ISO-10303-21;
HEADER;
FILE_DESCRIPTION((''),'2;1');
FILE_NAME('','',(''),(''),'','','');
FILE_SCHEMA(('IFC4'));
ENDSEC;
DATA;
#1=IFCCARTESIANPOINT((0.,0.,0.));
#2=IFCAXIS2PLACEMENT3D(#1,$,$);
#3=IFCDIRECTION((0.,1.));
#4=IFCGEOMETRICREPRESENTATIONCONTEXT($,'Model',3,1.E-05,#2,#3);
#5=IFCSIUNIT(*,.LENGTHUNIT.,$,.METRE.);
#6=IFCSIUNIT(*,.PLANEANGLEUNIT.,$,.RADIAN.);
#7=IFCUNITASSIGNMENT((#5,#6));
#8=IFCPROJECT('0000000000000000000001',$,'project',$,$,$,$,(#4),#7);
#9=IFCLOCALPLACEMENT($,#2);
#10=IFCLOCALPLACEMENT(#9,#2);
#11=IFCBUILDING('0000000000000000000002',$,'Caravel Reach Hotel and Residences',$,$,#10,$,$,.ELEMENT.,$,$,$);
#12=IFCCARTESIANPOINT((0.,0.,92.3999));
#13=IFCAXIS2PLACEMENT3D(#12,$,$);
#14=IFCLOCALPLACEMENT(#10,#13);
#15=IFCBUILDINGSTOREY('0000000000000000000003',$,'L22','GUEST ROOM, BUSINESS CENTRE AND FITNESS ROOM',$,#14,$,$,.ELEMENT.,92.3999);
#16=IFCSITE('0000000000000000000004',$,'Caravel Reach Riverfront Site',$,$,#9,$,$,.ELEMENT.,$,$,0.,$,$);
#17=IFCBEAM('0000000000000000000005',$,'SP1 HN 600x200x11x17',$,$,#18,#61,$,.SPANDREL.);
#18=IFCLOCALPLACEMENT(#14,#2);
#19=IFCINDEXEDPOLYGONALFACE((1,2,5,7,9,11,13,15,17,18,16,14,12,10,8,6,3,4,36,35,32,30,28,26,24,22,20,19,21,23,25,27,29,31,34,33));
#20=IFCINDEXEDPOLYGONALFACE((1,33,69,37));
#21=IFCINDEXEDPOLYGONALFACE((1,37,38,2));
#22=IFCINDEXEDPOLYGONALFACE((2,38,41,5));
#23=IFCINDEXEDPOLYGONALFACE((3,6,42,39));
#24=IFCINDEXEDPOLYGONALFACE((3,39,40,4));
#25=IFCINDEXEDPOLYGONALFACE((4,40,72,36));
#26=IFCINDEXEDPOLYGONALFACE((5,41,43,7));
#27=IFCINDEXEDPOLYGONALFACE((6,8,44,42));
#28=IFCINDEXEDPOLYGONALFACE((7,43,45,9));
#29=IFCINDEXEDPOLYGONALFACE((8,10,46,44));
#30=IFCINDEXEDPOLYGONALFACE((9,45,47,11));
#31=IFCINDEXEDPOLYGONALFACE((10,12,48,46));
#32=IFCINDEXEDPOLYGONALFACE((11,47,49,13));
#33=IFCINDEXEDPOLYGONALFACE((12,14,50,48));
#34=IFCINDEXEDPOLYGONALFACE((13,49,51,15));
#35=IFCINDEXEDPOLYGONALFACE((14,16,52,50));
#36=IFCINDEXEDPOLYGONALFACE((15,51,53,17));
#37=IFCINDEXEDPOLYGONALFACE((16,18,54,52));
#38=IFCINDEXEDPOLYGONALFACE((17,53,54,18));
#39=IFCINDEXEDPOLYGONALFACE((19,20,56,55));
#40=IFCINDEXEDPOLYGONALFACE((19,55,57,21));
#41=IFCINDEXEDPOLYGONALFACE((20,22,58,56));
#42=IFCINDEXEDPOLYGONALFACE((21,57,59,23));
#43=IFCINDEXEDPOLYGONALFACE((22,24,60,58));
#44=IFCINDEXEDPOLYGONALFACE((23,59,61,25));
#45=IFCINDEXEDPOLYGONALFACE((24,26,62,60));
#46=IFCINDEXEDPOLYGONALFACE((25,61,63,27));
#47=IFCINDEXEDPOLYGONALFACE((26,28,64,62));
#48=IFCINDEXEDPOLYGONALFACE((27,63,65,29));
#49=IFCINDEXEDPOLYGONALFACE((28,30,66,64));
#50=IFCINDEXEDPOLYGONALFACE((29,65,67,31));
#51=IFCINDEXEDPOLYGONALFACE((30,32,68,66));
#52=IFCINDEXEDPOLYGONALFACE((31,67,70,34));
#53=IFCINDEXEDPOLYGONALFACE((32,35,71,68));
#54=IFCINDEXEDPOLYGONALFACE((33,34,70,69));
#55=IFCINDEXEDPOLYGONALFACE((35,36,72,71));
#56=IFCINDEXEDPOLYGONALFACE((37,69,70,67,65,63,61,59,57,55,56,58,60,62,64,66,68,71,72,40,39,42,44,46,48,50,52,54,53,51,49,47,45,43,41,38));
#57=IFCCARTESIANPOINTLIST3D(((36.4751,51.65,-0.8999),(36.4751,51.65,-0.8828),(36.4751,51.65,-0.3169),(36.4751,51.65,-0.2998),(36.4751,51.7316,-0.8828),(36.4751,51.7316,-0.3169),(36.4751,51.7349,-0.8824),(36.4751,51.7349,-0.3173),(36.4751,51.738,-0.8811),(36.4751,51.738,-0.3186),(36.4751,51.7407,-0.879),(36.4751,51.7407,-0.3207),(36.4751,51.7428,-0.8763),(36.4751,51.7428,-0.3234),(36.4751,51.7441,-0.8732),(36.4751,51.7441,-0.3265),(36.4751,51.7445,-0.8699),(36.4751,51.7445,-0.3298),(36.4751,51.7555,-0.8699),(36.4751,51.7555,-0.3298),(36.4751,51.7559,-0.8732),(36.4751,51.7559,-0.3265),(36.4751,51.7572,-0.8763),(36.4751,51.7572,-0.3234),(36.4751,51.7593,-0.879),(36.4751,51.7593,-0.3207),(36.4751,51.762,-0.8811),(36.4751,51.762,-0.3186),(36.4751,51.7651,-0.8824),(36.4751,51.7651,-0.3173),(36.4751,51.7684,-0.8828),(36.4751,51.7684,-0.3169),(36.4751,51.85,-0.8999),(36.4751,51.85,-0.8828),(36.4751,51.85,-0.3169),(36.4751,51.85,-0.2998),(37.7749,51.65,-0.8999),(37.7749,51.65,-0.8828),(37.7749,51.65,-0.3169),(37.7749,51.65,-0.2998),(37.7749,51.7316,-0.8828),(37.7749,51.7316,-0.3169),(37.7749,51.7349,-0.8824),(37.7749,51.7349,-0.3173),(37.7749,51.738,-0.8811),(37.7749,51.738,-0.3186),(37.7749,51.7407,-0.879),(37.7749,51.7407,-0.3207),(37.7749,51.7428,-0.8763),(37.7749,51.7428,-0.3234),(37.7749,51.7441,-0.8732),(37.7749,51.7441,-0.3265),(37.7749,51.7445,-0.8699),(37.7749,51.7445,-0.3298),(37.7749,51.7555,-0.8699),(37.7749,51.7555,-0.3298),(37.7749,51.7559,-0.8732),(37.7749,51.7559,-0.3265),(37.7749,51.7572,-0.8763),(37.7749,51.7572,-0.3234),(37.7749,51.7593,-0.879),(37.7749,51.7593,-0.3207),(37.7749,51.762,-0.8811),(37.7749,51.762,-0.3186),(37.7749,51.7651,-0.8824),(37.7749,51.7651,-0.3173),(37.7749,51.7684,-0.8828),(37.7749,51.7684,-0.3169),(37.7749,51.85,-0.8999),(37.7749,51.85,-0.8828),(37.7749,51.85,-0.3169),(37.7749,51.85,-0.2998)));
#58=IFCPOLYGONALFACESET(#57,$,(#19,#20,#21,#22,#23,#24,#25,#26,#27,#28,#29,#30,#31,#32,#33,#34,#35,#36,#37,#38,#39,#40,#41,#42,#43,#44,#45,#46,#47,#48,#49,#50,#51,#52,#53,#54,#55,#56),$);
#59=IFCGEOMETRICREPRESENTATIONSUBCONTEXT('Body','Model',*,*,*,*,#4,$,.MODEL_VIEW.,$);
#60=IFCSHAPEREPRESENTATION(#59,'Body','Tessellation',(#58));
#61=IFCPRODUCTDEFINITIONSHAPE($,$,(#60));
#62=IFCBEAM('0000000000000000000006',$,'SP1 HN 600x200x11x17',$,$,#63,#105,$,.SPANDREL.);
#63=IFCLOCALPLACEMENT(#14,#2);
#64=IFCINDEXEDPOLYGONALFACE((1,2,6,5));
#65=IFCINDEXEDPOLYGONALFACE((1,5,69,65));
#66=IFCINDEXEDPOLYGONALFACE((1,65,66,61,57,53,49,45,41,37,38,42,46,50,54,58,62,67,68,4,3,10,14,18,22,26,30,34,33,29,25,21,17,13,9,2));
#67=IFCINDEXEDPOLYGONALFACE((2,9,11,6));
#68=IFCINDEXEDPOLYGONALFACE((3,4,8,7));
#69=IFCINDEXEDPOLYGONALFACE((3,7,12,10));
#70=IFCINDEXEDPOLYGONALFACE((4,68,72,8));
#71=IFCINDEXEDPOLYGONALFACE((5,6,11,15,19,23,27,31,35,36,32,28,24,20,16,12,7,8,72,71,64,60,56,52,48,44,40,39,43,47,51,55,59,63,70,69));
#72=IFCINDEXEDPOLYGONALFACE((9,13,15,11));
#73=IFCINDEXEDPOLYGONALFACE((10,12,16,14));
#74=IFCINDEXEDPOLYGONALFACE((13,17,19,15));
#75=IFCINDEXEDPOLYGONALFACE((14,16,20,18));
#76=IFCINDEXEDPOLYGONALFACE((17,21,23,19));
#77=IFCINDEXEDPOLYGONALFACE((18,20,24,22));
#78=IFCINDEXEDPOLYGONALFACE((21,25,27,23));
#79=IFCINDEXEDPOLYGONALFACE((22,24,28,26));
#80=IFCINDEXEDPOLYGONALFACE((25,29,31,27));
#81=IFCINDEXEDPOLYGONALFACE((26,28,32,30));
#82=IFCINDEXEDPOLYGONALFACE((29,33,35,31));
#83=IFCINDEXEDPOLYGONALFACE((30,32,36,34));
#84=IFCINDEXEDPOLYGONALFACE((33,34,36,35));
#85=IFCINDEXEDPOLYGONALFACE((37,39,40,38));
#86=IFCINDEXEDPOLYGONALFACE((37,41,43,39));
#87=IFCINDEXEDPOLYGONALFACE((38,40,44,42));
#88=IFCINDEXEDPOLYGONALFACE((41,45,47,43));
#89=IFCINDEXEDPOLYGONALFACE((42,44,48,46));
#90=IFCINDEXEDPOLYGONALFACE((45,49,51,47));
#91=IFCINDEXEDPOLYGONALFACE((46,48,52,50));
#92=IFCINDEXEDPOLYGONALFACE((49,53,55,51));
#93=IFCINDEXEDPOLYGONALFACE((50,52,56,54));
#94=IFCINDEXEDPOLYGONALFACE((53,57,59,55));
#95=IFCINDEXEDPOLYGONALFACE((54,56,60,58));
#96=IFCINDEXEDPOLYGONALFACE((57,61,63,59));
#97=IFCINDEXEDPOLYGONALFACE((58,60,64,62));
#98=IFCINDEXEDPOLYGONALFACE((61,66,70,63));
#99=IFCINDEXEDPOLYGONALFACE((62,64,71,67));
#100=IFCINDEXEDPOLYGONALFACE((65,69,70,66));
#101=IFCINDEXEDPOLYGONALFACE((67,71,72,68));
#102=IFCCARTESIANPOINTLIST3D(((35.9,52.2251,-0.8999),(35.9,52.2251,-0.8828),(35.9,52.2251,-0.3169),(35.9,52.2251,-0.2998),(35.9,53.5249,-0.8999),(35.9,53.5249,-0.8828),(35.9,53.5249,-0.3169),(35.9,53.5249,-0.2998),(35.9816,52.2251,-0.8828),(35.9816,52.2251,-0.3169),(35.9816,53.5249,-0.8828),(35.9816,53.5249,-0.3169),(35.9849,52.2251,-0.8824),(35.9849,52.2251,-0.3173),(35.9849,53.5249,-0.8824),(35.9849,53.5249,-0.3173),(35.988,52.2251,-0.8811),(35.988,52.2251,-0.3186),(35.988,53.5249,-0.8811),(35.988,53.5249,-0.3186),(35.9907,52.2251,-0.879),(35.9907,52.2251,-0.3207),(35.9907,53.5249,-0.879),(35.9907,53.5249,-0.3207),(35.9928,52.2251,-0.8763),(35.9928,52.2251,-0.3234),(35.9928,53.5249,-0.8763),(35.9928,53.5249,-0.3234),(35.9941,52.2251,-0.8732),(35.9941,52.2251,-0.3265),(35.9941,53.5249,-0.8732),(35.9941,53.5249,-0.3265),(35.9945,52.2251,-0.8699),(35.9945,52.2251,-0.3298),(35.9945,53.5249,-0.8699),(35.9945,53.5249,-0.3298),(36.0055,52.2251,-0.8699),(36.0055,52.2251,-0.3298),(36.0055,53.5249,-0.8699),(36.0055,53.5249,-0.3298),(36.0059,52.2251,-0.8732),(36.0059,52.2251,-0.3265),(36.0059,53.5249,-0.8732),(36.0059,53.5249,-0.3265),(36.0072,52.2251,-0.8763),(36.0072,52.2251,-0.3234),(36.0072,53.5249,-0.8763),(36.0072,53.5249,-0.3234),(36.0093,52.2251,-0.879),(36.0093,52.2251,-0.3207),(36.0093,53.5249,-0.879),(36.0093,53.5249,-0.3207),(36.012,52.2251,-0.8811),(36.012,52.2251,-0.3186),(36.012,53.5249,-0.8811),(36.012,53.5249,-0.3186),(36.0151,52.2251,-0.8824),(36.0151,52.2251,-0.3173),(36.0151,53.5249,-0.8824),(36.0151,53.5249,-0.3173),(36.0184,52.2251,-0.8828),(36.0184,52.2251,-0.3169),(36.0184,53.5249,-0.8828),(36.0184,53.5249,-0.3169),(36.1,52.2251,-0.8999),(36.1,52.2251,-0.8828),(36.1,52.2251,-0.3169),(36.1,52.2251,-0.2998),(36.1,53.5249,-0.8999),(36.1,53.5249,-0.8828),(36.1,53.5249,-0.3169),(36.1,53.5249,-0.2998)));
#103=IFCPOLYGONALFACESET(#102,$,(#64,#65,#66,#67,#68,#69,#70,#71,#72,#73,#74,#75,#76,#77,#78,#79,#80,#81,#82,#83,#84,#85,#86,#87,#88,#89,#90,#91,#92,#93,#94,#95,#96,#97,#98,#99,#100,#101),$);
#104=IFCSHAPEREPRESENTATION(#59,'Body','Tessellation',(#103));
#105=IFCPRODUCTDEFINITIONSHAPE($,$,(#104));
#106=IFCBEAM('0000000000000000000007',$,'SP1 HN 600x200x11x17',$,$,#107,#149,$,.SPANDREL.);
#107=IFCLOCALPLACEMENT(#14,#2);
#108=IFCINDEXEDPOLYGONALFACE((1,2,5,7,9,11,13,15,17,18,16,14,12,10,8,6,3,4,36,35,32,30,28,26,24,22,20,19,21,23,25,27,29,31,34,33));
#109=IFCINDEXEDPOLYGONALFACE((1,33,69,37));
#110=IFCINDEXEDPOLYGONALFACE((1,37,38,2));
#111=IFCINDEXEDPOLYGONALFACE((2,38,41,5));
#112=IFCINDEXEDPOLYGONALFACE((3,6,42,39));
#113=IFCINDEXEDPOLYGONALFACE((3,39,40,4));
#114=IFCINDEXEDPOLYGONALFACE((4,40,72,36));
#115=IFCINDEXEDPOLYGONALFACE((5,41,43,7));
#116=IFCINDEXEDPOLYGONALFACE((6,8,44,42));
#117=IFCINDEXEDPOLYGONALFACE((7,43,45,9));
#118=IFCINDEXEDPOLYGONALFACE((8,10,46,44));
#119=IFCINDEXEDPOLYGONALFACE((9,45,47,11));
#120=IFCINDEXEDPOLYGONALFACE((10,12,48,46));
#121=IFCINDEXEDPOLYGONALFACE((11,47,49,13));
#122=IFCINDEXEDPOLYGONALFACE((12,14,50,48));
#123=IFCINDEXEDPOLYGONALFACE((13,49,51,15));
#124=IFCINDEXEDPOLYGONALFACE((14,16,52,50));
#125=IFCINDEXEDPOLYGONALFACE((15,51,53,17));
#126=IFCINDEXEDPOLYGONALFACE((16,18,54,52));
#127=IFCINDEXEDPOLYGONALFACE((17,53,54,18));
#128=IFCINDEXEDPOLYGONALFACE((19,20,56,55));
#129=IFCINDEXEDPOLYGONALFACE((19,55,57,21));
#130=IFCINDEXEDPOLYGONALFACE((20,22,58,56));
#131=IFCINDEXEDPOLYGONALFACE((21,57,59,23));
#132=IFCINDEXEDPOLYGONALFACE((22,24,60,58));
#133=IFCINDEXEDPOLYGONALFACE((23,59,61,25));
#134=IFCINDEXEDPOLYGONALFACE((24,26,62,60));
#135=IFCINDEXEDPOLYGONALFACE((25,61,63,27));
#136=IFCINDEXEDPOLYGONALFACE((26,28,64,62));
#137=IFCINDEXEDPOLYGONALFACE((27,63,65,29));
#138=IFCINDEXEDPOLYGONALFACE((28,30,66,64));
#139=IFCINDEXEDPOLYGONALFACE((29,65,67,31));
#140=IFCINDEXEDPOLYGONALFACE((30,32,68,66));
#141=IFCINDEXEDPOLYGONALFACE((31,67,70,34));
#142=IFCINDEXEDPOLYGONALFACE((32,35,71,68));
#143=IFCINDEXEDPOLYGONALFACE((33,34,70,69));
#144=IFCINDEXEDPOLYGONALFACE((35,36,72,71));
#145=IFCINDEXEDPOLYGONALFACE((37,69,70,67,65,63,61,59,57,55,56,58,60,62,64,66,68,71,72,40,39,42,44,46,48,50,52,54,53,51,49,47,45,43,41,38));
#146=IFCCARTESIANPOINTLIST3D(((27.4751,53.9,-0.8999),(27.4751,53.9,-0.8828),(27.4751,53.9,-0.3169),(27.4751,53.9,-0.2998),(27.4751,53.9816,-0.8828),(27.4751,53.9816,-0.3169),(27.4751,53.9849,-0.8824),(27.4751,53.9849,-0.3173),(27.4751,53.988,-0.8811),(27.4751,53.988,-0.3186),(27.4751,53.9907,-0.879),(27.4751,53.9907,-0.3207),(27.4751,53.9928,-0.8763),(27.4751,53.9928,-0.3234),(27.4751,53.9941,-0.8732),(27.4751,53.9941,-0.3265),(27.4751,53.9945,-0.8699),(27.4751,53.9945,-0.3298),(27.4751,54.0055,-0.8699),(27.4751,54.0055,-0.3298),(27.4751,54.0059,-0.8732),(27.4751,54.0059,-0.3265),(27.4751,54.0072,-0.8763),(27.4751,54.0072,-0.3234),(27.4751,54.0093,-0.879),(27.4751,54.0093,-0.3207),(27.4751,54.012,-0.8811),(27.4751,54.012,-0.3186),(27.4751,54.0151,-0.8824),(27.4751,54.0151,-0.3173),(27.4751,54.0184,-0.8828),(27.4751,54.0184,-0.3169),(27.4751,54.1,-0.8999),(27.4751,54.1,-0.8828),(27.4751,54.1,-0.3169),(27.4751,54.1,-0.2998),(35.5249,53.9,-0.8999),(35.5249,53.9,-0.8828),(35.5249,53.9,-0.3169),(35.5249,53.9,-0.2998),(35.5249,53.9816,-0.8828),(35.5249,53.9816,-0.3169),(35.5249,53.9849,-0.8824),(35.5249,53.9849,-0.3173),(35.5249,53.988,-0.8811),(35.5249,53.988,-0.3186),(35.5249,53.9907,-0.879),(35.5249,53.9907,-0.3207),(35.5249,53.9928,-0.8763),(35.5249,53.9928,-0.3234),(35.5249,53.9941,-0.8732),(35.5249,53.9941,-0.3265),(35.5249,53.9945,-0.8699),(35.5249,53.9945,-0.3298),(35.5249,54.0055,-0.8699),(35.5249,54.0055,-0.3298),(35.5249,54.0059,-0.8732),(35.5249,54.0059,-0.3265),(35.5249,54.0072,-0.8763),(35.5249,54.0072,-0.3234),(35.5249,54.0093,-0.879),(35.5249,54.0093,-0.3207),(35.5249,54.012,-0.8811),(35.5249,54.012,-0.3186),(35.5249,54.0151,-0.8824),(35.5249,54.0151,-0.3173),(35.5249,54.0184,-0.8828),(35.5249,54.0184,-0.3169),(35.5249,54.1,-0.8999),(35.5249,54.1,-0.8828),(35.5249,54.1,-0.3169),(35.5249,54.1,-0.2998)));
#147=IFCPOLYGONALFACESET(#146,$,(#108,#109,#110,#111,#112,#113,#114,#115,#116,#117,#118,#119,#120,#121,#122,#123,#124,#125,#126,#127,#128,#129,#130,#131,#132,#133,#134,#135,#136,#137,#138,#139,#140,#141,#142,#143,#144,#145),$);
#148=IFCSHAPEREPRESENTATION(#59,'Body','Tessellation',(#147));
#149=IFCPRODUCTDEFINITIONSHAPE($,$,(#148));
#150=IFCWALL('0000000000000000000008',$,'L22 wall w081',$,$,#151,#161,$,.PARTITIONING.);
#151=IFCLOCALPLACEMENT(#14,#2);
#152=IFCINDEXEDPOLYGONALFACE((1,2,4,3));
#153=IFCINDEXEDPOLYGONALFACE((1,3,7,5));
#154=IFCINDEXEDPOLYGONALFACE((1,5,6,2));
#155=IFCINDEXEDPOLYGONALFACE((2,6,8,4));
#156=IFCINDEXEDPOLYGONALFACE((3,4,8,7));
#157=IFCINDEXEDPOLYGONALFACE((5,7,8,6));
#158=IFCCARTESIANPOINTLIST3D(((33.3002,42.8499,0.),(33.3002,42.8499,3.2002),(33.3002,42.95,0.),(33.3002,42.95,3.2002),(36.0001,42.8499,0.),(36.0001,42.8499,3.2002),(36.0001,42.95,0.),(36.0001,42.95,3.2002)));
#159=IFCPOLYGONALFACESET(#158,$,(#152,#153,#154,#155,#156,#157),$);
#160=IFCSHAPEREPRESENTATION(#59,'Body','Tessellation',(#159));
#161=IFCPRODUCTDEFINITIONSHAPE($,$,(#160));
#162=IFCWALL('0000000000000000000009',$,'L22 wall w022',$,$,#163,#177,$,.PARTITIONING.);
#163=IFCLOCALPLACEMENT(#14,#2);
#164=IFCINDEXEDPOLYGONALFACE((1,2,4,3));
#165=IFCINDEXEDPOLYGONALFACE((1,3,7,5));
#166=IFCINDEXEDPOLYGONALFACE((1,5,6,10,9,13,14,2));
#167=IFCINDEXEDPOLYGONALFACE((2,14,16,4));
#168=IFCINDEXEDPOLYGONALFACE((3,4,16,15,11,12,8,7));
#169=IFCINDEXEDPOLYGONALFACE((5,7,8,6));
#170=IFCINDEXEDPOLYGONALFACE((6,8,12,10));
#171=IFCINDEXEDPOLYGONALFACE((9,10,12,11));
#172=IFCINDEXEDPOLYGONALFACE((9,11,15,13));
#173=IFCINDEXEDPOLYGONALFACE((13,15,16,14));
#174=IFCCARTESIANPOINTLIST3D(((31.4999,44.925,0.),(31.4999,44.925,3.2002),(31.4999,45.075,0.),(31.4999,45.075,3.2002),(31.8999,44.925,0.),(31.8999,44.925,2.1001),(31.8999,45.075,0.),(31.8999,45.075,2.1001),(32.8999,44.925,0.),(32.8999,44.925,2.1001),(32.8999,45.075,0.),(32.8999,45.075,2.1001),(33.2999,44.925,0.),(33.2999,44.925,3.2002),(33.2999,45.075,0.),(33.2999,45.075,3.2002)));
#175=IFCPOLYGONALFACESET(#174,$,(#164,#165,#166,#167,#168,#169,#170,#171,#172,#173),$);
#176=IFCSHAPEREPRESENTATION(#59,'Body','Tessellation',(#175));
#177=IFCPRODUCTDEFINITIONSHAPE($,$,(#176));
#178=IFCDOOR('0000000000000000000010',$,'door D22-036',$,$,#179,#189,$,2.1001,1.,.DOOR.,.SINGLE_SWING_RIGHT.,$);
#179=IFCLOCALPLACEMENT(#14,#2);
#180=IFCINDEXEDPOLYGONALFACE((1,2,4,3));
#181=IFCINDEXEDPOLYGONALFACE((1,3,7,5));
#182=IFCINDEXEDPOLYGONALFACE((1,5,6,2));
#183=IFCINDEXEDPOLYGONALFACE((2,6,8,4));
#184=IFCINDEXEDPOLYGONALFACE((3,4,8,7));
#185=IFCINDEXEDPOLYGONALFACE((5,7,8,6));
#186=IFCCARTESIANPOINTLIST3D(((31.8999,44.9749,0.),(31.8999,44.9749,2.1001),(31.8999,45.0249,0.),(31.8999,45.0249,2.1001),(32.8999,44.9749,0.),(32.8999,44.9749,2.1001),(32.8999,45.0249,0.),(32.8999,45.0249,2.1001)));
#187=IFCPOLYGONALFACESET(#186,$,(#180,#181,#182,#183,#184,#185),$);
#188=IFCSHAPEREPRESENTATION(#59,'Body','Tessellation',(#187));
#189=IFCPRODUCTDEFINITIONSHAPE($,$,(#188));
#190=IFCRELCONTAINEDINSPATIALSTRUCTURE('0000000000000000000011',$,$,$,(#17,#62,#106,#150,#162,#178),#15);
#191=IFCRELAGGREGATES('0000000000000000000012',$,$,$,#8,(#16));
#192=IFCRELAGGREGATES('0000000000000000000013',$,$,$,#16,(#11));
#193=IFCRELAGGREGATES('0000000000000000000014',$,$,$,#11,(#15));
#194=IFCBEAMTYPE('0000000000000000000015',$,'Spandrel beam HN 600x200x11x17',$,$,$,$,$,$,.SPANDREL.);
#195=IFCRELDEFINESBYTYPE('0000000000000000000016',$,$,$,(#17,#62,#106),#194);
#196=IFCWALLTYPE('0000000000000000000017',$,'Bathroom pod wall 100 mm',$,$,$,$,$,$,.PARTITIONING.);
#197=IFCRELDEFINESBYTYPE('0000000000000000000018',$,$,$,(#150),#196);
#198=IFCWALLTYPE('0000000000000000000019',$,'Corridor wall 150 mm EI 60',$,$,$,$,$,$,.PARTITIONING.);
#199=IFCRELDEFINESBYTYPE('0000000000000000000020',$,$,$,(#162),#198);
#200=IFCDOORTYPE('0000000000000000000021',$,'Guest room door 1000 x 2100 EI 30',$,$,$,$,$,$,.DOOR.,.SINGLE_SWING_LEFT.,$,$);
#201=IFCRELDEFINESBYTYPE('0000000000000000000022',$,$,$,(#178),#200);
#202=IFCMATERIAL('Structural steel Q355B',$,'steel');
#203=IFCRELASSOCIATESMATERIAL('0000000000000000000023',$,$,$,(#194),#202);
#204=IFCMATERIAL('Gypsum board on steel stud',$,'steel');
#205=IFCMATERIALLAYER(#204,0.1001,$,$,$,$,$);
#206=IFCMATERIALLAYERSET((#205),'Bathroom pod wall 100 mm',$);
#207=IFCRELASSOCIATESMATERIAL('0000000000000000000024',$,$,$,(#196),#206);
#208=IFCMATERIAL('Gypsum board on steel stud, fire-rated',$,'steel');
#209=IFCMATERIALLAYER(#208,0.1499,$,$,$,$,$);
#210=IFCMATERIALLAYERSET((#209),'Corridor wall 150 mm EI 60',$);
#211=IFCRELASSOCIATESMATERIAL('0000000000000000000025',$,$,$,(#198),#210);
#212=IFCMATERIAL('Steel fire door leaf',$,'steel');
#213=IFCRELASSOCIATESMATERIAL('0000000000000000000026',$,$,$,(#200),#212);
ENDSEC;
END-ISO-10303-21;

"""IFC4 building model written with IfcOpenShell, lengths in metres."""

from ifc_helpers import new_model, si_unit, direction, frame, frame_2d, origin, origin_2d, place, context, subcontext, project, spatial, rectangle, i_section, extrude, material, layer, layer_set, material_profile, profile_set, type_object, element, fill, save


model = new_model("IFC4")

# Units and contexts
model_context = context("Model", 3, precision=1e-05, world=origin(), true_north=direction((0.0, 1.0)))
body_context = subcontext(model_context, "Body", "Model", "MODEL_VIEW")
ifc_project = project(units=[si_unit("LENGTHUNIT", "METRE"), si_unit("PLANEANGLEUNIT", "RADIAN")], contexts=[model_context])

# Site, building, storey
site_placement = place(None, origin())
site = spatial("IfcSite", under=ifc_project, at=site_placement, Name="Caravel Reach Riverfront Site", CompositionType="ELEMENT", RefElevation=0.0)
building_placement = place(site_placement, origin())
building = spatial("IfcBuilding", under=site, at=building_placement, Name="Caravel Reach Hotel and Residences", CompositionType="ELEMENT")
storey_placement = place(building_placement, frame((0.0, 0.0, 92.3999)))
storey = spatial("IfcBuildingStorey", under=building, at=storey_placement, Name="L22", Description="GUEST ROOM, BUSINESS CENTRE AND FITNESS ROOM", CompositionType="ELEMENT", Elevation=92.3999)

# Beams
ifc_material_1 = material(Name="Structural steel Q355B", Category="steel")
ifc_material_profile_1 = material_profile(ifc_material_1, i_section(OverallWidth=0.2, OverallDepth=0.6001, WebThickness=0.011, FlangeThickness=0.0171, FilletRadius=0.0129, at=origin_2d()), Name="HN 600x200x11x17")
ifc_profile_set_1 = profile_set([ifc_material_profile_1], Name="Structural steel Q355B")
beam_type = type_object("IfcBeamType", Name="Spandrel beam HN 600x200x11x17", PredefinedType="SPANDREL", material=ifc_profile_set_1)
for number, where, z_axis, x_axis, name in (
    (1, (37.7749, 51.75, -0.5999), (-1.0, 0.0, 0.0), (0.0, -1.0, 0.0), "SP1 HN 600x200x11x17"),
    (2, (36.0, 52.2251, -0.5999), (0.0, 1.0, 0.0), (-1.0, 0.0, 0.0), "SP1 HN 600x200x11x17"),
):
    element("IfcBeam", number, at=place(storey_placement, frame(where, z_axis=z_axis, x_axis=x_axis)), inside=storey, type_object=beam_type, Name=name, PredefinedType="SPANDREL", context=body_context, shape_type="SweptSolid", body=[
        extrude(i_section(OverallWidth=0.2, OverallDepth=0.6001, WebThickness=0.011, FlangeThickness=0.0171, FilletRadius=0.0129, at=origin_2d()), origin(), (0.0, 0.0, 1.0), 1.2998),
    ])
beam_placement = place(storey_placement, frame((35.5249, 54.0, -0.5999), z_axis=(-1.0, 0.0, 0.0), x_axis=(0.0, -1.0, 0.0)))
element("IfcBeam", 3, at=beam_placement, inside=storey, type_object=beam_type, Name="SP1 HN 600x200x11x17", PredefinedType="SPANDREL", context=body_context, shape_type="SweptSolid", body=[
    extrude(i_section(OverallWidth=0.2, OverallDepth=0.6001, WebThickness=0.011, FlangeThickness=0.0171, FilletRadius=0.0129, at=origin_2d()), origin(), (0.0, 0.0, 1.0), 8.0498),
])

# Wall
ifc_material_2 = material(Name="Gypsum board on steel stud", Category="steel")
ifc_layer_1 = layer(ifc_material_2, 0.1001)
ifc_layer_set_1 = layer_set([ifc_layer_1], Name="Bathroom pod wall 100 mm")
wall_type_1 = type_object("IfcWallType", Name="Bathroom pod wall 100 mm", PredefinedType="PARTITIONING", material=ifc_layer_set_1)
wall_1_placement = place(storey_placement, frame((33.3, 42.8999, 0.0), z_axis=(0.0, 0.0, 1.0), x_axis=(1.0, 0.0, 0.0)))
element("IfcWall", 4, at=wall_1_placement, inside=storey, type_object=wall_type_1, Name="L22 wall w081", PredefinedType="PARTITIONING", context=body_context, shape_type="SweptSolid", body=[
    extrude(rectangle(XDim=2.7, YDim=0.1001, at=frame_2d((1.3501, 0.0))), origin(), (0.0, 0.0, 1.0), 3.2002),
])

# Wall, opening, door
ifc_material_3 = material(Name="Gypsum board on steel stud, fire-rated", Category="steel")
ifc_layer_2 = layer(ifc_material_3, 0.1499)
ifc_layer_set_2 = layer_set([ifc_layer_2], Name="Corridor wall 150 mm EI 60")
wall_type_2 = type_object("IfcWallType", Name="Corridor wall 150 mm EI 60", PredefinedType="PARTITIONING", material=ifc_layer_set_2)
wall_2_placement = place(storey_placement, frame((31.5, 45.0, 0.0), z_axis=(0.0, 0.0, 1.0), x_axis=(1.0, 0.0, 0.0)))
wall_2 = element("IfcWall", 5, at=wall_2_placement, inside=storey, type_object=wall_type_2, Name="L22 wall w022", PredefinedType="PARTITIONING", context=body_context, shape_type="SweptSolid", body=[
    extrude(rectangle(XDim=1.8, YDim=0.1499, at=frame_2d((0.8999, 0.0))), origin(), (0.0, 0.0, 1.0), 3.2002),
])
opening_1_placement = place(wall_2_placement, frame((0.3999, 0.0, 0.0)))
opening_1 = element("IfcOpeningElement", 6, at=opening_1_placement, cuts=wall_2, PredefinedType="OPENING", context=body_context, shape_type="SweptSolid", body=[
    extrude(rectangle(XDim=1.0, YDim=2.1001, at=frame_2d((0.5, 1.05))), frame((0.0, 0.085, 0.0), z_axis=(0.0, -1.0, 0.0), x_axis=(1.0, 0.0, 0.0)), (0.0, 0.0, 1.0), 0.1699),
])
ifc_material_4 = material(Name="Steel fire door leaf", Category="steel")
door_type = type_object("IfcDoorType", Name="Guest room door 1000 x 2100 EI 30", OperationType="SINGLE_SWING_LEFT", PredefinedType="DOOR", material=ifc_material_4)
door_placement = place(opening_1_placement, origin())
door = element("IfcDoor", 7, at=door_placement, inside=storey, type_object=door_type, Name="door D22-036", OperationType="SINGLE_SWING_RIGHT", OverallHeight=2.1001, OverallWidth=1.0, PredefinedType="DOOR", context=body_context, shape_type="SweptSolid", body=[
    extrude(rectangle(XDim=1.0, YDim=2.1001, at=frame_2d((0.5, 1.05))), frame((0.0, 0.0249, 0.0), z_axis=(0.0, -1.0, 0.0), x_axis=(1.0, 0.0, 0.0)), (0.0, 0.0, 1.0), 0.05),
])
fill(opening_1, door)

save(model, "model.ifc")
